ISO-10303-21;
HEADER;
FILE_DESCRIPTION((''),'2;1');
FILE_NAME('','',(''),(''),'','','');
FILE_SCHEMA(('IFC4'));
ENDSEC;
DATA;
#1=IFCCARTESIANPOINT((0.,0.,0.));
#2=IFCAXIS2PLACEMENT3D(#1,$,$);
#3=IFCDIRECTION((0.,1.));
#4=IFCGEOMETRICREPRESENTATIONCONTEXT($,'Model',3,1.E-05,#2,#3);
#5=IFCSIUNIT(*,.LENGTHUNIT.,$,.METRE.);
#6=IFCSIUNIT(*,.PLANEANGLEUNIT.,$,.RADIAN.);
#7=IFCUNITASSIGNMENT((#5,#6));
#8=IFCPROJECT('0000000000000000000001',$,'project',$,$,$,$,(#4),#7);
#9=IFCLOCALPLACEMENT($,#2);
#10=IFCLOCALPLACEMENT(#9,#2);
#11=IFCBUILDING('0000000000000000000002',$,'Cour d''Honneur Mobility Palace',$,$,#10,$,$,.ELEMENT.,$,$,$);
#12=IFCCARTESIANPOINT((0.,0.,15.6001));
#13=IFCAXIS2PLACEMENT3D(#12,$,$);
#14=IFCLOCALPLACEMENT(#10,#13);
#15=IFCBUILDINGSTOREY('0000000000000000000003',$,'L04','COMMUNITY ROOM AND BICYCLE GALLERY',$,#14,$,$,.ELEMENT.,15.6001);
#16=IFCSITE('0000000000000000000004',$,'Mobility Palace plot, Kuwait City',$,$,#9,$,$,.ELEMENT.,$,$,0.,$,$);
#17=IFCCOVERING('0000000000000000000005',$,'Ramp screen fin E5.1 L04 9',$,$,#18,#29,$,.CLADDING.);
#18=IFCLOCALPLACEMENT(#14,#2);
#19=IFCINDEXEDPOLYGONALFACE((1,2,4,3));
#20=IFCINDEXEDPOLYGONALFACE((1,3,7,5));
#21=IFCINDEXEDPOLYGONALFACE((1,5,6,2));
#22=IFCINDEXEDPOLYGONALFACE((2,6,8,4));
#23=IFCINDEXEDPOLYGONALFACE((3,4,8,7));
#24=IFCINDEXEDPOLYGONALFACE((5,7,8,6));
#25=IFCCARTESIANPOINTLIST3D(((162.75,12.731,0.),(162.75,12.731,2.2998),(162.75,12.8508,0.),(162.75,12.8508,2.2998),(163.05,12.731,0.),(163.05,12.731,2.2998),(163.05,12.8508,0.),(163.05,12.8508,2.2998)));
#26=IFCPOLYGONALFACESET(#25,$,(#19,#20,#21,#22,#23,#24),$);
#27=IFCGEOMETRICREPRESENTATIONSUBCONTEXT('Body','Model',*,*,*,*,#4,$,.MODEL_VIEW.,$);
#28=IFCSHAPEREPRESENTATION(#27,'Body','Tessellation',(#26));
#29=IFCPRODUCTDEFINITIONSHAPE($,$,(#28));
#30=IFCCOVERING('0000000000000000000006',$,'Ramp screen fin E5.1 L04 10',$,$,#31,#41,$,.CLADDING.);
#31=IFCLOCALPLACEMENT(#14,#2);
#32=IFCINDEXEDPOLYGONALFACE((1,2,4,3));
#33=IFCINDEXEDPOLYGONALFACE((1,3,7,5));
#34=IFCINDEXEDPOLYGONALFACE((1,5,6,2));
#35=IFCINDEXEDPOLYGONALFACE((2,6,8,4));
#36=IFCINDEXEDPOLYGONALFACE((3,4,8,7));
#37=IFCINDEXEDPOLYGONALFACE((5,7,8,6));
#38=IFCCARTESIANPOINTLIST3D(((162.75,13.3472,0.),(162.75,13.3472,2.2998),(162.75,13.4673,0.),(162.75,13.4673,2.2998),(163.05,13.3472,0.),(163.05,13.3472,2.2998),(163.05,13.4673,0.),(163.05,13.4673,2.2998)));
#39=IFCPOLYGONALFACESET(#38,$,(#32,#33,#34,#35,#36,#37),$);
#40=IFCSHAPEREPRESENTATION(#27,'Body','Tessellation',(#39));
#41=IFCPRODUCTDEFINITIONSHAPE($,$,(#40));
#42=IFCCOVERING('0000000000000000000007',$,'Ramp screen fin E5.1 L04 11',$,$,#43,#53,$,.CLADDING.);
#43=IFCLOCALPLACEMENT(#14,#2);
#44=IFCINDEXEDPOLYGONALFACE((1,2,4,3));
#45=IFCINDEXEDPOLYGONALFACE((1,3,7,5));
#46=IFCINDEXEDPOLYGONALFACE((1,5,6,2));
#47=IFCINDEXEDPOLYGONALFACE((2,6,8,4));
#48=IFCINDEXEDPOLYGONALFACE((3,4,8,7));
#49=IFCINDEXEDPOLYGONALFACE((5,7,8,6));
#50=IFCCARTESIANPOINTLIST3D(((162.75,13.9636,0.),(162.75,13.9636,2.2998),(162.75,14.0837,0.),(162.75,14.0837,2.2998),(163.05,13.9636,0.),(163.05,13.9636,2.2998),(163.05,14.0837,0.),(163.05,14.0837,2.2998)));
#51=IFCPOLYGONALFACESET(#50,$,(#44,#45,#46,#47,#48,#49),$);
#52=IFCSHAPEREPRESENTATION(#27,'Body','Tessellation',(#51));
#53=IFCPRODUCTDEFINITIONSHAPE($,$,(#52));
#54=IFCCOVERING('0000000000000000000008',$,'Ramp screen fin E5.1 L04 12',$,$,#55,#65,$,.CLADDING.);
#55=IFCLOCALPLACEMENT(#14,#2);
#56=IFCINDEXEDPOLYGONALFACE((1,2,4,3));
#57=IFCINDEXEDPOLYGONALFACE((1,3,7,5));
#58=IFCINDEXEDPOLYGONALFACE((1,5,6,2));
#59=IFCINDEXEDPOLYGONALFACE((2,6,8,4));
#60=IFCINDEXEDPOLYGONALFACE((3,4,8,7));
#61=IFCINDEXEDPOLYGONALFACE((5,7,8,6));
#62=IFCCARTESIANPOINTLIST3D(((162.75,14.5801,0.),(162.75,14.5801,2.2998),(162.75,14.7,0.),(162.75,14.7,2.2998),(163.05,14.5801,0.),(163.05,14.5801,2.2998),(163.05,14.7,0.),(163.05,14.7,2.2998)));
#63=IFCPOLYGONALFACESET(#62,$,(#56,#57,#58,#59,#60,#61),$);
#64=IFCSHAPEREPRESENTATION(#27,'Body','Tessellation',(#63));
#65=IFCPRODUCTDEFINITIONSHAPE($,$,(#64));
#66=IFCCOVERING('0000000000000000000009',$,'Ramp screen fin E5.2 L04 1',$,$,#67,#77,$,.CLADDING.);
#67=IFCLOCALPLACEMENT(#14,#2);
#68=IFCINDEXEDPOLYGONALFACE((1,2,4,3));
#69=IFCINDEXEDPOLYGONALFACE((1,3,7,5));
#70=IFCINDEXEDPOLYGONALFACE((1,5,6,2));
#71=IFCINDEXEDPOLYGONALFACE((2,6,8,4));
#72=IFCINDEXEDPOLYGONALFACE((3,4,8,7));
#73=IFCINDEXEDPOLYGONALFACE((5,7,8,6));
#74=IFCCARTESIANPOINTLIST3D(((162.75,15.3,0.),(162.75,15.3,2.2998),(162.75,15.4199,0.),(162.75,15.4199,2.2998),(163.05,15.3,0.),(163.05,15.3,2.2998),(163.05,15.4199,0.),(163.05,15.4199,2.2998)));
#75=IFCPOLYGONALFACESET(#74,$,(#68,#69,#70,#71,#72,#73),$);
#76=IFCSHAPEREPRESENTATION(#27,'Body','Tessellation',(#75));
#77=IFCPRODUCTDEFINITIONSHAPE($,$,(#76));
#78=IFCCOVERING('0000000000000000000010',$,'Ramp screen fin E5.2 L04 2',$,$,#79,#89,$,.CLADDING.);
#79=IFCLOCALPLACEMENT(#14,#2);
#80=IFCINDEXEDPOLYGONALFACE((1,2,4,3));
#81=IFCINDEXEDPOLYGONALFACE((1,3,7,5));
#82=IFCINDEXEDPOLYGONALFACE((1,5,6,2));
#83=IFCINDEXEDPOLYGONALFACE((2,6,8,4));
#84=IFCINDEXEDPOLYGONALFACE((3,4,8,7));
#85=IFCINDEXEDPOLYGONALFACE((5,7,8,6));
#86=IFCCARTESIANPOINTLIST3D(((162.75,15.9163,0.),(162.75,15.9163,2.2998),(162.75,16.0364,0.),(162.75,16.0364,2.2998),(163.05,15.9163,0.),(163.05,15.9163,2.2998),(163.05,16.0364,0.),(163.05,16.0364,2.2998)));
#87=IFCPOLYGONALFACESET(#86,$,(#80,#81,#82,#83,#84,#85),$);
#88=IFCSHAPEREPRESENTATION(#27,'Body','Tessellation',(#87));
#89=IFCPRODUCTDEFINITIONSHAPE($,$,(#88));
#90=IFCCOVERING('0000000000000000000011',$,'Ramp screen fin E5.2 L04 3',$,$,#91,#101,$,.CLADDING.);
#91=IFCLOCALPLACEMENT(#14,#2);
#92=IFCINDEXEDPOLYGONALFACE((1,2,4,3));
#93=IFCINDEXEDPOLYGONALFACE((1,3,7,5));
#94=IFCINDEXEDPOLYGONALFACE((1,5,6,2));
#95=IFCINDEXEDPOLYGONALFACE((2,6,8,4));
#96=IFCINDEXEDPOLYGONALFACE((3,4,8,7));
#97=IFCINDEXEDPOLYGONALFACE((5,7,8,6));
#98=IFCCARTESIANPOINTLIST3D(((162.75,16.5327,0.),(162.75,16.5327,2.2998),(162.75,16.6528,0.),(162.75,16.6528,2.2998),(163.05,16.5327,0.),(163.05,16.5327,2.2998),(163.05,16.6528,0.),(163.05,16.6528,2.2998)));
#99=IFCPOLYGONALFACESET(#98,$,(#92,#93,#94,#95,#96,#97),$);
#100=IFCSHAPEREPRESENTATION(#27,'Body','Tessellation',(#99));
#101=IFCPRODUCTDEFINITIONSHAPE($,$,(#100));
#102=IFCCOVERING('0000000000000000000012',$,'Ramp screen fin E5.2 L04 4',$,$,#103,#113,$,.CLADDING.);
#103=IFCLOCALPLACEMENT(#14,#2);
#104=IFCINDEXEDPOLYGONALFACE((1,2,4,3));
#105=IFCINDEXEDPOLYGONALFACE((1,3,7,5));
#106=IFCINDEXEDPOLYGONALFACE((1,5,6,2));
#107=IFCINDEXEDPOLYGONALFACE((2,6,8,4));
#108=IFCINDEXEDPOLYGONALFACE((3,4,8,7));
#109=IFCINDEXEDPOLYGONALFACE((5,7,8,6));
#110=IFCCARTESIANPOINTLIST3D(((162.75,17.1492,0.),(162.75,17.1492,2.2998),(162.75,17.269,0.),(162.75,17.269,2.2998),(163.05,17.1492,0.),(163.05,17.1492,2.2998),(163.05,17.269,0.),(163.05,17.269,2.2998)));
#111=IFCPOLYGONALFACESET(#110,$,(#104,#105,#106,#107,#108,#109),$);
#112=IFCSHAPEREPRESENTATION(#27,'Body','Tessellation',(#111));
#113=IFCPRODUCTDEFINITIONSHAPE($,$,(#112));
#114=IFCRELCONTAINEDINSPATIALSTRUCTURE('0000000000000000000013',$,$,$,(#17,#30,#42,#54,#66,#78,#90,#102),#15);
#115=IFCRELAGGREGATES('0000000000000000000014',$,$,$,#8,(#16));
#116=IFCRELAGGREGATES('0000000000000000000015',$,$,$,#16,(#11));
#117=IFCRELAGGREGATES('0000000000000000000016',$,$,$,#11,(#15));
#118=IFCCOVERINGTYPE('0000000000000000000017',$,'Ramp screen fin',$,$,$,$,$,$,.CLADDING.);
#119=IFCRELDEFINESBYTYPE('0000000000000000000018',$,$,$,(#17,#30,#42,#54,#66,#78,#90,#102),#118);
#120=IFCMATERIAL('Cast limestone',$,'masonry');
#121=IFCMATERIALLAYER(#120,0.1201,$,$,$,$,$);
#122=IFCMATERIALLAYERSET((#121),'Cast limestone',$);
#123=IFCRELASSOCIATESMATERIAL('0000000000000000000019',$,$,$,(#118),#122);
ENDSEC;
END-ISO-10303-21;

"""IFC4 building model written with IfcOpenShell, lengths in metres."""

from ifc_helpers import new_model, si_unit, direction, frame, origin, place, context, subcontext, project, spatial, polyline, outline, extrude, material, layer, layer_set, type_object, element, save


model = new_model("IFC4")

# Units and contexts
model_context = context("Model", 3, precision=1e-05, world=origin(), true_north=direction((0.0, 1.0)))
body_context = subcontext(model_context, "Body", "Model", "MODEL_VIEW")
ifc_project = project(units=[si_unit("LENGTHUNIT", "METRE"), si_unit("PLANEANGLEUNIT", "RADIAN")], contexts=[model_context])

# Site, building, storey
site_placement = place(None, origin())
site = spatial("IfcSite", under=ifc_project, at=site_placement, Name="Mobility Palace plot, Kuwait City", CompositionType="ELEMENT", RefElevation=0.0)
building_placement = place(site_placement, origin())
building = spatial("IfcBuilding", under=site, at=building_placement, Name="Cour d'Honneur Mobility Palace", CompositionType="ELEMENT")
storey_placement = place(building_placement, frame((0.0, 0.0, 15.6001)))
storey = spatial("IfcBuildingStorey", under=building, at=storey_placement, Name="L04", Description="COMMUNITY ROOM AND BICYCLE GALLERY", CompositionType="ELEMENT", Elevation=15.6001)

# Coverings
ifc_material = material(Name="Cast limestone", Category="masonry")
ifc_layer = layer(ifc_material, 0.1201)
ifc_layer_set = layer_set([ifc_layer], Name="Cast limestone")
covering_type = type_object("IfcCoveringType", Name="Ramp screen fin", PredefinedType="CLADDING", material=ifc_layer_set)
covering_1_placement = place(storey_placement, origin())
element("IfcCovering", 1, at=covering_1_placement, inside=storey, type_object=covering_type, Name="Ramp screen fin E5.1 L04 9", PredefinedType="CLADDING", context=body_context, shape_type="SweptSolid", body=[
    extrude(outline(polyline([(162.75, 12.731), (162.75, 12.8508), (163.05, 12.8508), (163.05, 12.731), (162.75, 12.731)])), origin(), (0.0, 0.0, 1.0), 2.2998),
])
covering_2_placement = place(storey_placement, origin())
element("IfcCovering", 2, at=covering_2_placement, inside=storey, type_object=covering_type, Name="Ramp screen fin E5.1 L04 10", PredefinedType="CLADDING", context=body_context, shape_type="SweptSolid", body=[
    extrude(outline(polyline([(162.75, 13.3472), (162.75, 13.4673), (163.05, 13.4673), (163.05, 13.3472), (162.75, 13.3472)])), origin(), (0.0, 0.0, 1.0), 2.2998),
])
covering_3_placement = place(storey_placement, origin())
element("IfcCovering", 3, at=covering_3_placement, inside=storey, type_object=covering_type, Name="Ramp screen fin E5.1 L04 11", PredefinedType="CLADDING", context=body_context, shape_type="SweptSolid", body=[
    extrude(outline(polyline([(162.75, 13.9636), (162.75, 14.0837), (163.05, 14.0837), (163.05, 13.9636), (162.75, 13.9636)])), origin(), (0.0, 0.0, 1.0), 2.2998),
])
covering_4_placement = place(storey_placement, origin())
element("IfcCovering", 4, at=covering_4_placement, inside=storey, type_object=covering_type, Name="Ramp screen fin E5.1 L04 12", PredefinedType="CLADDING", context=body_context, shape_type="SweptSolid", body=[
    extrude(outline(polyline([(162.75, 14.5801), (162.75, 14.7), (163.05, 14.7), (163.05, 14.5801), (162.75, 14.5801)])), origin(), (0.0, 0.0, 1.0), 2.2998),
])
covering_5_placement = place(storey_placement, origin())
element("IfcCovering", 5, at=covering_5_placement, inside=storey, type_object=covering_type, Name="Ramp screen fin E5.2 L04 1", PredefinedType="CLADDING", context=body_context, shape_type="SweptSolid", body=[
    extrude(outline(polyline([(162.75, 15.3), (162.75, 15.4199), (163.05, 15.4199), (163.05, 15.3), (162.75, 15.3)])), origin(), (0.0, 0.0, 1.0), 2.2998),
])
covering_6_placement = place(storey_placement, origin())
element("IfcCovering", 6, at=covering_6_placement, inside=storey, type_object=covering_type, Name="Ramp screen fin E5.2 L04 2", PredefinedType="CLADDING", context=body_context, shape_type="SweptSolid", body=[
    extrude(outline(polyline([(162.75, 15.9163), (162.75, 16.0364), (163.05, 16.0364), (163.05, 15.9163), (162.75, 15.9163)])), origin(), (0.0, 0.0, 1.0), 2.2998),
])
covering_7_placement = place(storey_placement, origin())
element("IfcCovering", 7, at=covering_7_placement, inside=storey, type_object=covering_type, Name="Ramp screen fin E5.2 L04 3", PredefinedType="CLADDING", context=body_context, shape_type="SweptSolid", body=[
    extrude(outline(polyline([(162.75, 16.5327), (162.75, 16.6528), (163.05, 16.6528), (163.05, 16.5327), (162.75, 16.5327)])), origin(), (0.0, 0.0, 1.0), 2.2998),
])
covering_8_placement = place(storey_placement, origin())
element("IfcCovering", 8, at=covering_8_placement, inside=storey, type_object=covering_type, Name="Ramp screen fin E5.2 L04 4", PredefinedType="CLADDING", context=body_context, shape_type="SweptSolid", body=[
    extrude(outline(polyline([(162.75, 17.1492), (162.75, 17.269), (163.05, 17.269), (163.05, 17.1492), (162.75, 17.1492)])), origin(), (0.0, 0.0, 1.0), 2.2998),
])

save(model, "model.ifc")
